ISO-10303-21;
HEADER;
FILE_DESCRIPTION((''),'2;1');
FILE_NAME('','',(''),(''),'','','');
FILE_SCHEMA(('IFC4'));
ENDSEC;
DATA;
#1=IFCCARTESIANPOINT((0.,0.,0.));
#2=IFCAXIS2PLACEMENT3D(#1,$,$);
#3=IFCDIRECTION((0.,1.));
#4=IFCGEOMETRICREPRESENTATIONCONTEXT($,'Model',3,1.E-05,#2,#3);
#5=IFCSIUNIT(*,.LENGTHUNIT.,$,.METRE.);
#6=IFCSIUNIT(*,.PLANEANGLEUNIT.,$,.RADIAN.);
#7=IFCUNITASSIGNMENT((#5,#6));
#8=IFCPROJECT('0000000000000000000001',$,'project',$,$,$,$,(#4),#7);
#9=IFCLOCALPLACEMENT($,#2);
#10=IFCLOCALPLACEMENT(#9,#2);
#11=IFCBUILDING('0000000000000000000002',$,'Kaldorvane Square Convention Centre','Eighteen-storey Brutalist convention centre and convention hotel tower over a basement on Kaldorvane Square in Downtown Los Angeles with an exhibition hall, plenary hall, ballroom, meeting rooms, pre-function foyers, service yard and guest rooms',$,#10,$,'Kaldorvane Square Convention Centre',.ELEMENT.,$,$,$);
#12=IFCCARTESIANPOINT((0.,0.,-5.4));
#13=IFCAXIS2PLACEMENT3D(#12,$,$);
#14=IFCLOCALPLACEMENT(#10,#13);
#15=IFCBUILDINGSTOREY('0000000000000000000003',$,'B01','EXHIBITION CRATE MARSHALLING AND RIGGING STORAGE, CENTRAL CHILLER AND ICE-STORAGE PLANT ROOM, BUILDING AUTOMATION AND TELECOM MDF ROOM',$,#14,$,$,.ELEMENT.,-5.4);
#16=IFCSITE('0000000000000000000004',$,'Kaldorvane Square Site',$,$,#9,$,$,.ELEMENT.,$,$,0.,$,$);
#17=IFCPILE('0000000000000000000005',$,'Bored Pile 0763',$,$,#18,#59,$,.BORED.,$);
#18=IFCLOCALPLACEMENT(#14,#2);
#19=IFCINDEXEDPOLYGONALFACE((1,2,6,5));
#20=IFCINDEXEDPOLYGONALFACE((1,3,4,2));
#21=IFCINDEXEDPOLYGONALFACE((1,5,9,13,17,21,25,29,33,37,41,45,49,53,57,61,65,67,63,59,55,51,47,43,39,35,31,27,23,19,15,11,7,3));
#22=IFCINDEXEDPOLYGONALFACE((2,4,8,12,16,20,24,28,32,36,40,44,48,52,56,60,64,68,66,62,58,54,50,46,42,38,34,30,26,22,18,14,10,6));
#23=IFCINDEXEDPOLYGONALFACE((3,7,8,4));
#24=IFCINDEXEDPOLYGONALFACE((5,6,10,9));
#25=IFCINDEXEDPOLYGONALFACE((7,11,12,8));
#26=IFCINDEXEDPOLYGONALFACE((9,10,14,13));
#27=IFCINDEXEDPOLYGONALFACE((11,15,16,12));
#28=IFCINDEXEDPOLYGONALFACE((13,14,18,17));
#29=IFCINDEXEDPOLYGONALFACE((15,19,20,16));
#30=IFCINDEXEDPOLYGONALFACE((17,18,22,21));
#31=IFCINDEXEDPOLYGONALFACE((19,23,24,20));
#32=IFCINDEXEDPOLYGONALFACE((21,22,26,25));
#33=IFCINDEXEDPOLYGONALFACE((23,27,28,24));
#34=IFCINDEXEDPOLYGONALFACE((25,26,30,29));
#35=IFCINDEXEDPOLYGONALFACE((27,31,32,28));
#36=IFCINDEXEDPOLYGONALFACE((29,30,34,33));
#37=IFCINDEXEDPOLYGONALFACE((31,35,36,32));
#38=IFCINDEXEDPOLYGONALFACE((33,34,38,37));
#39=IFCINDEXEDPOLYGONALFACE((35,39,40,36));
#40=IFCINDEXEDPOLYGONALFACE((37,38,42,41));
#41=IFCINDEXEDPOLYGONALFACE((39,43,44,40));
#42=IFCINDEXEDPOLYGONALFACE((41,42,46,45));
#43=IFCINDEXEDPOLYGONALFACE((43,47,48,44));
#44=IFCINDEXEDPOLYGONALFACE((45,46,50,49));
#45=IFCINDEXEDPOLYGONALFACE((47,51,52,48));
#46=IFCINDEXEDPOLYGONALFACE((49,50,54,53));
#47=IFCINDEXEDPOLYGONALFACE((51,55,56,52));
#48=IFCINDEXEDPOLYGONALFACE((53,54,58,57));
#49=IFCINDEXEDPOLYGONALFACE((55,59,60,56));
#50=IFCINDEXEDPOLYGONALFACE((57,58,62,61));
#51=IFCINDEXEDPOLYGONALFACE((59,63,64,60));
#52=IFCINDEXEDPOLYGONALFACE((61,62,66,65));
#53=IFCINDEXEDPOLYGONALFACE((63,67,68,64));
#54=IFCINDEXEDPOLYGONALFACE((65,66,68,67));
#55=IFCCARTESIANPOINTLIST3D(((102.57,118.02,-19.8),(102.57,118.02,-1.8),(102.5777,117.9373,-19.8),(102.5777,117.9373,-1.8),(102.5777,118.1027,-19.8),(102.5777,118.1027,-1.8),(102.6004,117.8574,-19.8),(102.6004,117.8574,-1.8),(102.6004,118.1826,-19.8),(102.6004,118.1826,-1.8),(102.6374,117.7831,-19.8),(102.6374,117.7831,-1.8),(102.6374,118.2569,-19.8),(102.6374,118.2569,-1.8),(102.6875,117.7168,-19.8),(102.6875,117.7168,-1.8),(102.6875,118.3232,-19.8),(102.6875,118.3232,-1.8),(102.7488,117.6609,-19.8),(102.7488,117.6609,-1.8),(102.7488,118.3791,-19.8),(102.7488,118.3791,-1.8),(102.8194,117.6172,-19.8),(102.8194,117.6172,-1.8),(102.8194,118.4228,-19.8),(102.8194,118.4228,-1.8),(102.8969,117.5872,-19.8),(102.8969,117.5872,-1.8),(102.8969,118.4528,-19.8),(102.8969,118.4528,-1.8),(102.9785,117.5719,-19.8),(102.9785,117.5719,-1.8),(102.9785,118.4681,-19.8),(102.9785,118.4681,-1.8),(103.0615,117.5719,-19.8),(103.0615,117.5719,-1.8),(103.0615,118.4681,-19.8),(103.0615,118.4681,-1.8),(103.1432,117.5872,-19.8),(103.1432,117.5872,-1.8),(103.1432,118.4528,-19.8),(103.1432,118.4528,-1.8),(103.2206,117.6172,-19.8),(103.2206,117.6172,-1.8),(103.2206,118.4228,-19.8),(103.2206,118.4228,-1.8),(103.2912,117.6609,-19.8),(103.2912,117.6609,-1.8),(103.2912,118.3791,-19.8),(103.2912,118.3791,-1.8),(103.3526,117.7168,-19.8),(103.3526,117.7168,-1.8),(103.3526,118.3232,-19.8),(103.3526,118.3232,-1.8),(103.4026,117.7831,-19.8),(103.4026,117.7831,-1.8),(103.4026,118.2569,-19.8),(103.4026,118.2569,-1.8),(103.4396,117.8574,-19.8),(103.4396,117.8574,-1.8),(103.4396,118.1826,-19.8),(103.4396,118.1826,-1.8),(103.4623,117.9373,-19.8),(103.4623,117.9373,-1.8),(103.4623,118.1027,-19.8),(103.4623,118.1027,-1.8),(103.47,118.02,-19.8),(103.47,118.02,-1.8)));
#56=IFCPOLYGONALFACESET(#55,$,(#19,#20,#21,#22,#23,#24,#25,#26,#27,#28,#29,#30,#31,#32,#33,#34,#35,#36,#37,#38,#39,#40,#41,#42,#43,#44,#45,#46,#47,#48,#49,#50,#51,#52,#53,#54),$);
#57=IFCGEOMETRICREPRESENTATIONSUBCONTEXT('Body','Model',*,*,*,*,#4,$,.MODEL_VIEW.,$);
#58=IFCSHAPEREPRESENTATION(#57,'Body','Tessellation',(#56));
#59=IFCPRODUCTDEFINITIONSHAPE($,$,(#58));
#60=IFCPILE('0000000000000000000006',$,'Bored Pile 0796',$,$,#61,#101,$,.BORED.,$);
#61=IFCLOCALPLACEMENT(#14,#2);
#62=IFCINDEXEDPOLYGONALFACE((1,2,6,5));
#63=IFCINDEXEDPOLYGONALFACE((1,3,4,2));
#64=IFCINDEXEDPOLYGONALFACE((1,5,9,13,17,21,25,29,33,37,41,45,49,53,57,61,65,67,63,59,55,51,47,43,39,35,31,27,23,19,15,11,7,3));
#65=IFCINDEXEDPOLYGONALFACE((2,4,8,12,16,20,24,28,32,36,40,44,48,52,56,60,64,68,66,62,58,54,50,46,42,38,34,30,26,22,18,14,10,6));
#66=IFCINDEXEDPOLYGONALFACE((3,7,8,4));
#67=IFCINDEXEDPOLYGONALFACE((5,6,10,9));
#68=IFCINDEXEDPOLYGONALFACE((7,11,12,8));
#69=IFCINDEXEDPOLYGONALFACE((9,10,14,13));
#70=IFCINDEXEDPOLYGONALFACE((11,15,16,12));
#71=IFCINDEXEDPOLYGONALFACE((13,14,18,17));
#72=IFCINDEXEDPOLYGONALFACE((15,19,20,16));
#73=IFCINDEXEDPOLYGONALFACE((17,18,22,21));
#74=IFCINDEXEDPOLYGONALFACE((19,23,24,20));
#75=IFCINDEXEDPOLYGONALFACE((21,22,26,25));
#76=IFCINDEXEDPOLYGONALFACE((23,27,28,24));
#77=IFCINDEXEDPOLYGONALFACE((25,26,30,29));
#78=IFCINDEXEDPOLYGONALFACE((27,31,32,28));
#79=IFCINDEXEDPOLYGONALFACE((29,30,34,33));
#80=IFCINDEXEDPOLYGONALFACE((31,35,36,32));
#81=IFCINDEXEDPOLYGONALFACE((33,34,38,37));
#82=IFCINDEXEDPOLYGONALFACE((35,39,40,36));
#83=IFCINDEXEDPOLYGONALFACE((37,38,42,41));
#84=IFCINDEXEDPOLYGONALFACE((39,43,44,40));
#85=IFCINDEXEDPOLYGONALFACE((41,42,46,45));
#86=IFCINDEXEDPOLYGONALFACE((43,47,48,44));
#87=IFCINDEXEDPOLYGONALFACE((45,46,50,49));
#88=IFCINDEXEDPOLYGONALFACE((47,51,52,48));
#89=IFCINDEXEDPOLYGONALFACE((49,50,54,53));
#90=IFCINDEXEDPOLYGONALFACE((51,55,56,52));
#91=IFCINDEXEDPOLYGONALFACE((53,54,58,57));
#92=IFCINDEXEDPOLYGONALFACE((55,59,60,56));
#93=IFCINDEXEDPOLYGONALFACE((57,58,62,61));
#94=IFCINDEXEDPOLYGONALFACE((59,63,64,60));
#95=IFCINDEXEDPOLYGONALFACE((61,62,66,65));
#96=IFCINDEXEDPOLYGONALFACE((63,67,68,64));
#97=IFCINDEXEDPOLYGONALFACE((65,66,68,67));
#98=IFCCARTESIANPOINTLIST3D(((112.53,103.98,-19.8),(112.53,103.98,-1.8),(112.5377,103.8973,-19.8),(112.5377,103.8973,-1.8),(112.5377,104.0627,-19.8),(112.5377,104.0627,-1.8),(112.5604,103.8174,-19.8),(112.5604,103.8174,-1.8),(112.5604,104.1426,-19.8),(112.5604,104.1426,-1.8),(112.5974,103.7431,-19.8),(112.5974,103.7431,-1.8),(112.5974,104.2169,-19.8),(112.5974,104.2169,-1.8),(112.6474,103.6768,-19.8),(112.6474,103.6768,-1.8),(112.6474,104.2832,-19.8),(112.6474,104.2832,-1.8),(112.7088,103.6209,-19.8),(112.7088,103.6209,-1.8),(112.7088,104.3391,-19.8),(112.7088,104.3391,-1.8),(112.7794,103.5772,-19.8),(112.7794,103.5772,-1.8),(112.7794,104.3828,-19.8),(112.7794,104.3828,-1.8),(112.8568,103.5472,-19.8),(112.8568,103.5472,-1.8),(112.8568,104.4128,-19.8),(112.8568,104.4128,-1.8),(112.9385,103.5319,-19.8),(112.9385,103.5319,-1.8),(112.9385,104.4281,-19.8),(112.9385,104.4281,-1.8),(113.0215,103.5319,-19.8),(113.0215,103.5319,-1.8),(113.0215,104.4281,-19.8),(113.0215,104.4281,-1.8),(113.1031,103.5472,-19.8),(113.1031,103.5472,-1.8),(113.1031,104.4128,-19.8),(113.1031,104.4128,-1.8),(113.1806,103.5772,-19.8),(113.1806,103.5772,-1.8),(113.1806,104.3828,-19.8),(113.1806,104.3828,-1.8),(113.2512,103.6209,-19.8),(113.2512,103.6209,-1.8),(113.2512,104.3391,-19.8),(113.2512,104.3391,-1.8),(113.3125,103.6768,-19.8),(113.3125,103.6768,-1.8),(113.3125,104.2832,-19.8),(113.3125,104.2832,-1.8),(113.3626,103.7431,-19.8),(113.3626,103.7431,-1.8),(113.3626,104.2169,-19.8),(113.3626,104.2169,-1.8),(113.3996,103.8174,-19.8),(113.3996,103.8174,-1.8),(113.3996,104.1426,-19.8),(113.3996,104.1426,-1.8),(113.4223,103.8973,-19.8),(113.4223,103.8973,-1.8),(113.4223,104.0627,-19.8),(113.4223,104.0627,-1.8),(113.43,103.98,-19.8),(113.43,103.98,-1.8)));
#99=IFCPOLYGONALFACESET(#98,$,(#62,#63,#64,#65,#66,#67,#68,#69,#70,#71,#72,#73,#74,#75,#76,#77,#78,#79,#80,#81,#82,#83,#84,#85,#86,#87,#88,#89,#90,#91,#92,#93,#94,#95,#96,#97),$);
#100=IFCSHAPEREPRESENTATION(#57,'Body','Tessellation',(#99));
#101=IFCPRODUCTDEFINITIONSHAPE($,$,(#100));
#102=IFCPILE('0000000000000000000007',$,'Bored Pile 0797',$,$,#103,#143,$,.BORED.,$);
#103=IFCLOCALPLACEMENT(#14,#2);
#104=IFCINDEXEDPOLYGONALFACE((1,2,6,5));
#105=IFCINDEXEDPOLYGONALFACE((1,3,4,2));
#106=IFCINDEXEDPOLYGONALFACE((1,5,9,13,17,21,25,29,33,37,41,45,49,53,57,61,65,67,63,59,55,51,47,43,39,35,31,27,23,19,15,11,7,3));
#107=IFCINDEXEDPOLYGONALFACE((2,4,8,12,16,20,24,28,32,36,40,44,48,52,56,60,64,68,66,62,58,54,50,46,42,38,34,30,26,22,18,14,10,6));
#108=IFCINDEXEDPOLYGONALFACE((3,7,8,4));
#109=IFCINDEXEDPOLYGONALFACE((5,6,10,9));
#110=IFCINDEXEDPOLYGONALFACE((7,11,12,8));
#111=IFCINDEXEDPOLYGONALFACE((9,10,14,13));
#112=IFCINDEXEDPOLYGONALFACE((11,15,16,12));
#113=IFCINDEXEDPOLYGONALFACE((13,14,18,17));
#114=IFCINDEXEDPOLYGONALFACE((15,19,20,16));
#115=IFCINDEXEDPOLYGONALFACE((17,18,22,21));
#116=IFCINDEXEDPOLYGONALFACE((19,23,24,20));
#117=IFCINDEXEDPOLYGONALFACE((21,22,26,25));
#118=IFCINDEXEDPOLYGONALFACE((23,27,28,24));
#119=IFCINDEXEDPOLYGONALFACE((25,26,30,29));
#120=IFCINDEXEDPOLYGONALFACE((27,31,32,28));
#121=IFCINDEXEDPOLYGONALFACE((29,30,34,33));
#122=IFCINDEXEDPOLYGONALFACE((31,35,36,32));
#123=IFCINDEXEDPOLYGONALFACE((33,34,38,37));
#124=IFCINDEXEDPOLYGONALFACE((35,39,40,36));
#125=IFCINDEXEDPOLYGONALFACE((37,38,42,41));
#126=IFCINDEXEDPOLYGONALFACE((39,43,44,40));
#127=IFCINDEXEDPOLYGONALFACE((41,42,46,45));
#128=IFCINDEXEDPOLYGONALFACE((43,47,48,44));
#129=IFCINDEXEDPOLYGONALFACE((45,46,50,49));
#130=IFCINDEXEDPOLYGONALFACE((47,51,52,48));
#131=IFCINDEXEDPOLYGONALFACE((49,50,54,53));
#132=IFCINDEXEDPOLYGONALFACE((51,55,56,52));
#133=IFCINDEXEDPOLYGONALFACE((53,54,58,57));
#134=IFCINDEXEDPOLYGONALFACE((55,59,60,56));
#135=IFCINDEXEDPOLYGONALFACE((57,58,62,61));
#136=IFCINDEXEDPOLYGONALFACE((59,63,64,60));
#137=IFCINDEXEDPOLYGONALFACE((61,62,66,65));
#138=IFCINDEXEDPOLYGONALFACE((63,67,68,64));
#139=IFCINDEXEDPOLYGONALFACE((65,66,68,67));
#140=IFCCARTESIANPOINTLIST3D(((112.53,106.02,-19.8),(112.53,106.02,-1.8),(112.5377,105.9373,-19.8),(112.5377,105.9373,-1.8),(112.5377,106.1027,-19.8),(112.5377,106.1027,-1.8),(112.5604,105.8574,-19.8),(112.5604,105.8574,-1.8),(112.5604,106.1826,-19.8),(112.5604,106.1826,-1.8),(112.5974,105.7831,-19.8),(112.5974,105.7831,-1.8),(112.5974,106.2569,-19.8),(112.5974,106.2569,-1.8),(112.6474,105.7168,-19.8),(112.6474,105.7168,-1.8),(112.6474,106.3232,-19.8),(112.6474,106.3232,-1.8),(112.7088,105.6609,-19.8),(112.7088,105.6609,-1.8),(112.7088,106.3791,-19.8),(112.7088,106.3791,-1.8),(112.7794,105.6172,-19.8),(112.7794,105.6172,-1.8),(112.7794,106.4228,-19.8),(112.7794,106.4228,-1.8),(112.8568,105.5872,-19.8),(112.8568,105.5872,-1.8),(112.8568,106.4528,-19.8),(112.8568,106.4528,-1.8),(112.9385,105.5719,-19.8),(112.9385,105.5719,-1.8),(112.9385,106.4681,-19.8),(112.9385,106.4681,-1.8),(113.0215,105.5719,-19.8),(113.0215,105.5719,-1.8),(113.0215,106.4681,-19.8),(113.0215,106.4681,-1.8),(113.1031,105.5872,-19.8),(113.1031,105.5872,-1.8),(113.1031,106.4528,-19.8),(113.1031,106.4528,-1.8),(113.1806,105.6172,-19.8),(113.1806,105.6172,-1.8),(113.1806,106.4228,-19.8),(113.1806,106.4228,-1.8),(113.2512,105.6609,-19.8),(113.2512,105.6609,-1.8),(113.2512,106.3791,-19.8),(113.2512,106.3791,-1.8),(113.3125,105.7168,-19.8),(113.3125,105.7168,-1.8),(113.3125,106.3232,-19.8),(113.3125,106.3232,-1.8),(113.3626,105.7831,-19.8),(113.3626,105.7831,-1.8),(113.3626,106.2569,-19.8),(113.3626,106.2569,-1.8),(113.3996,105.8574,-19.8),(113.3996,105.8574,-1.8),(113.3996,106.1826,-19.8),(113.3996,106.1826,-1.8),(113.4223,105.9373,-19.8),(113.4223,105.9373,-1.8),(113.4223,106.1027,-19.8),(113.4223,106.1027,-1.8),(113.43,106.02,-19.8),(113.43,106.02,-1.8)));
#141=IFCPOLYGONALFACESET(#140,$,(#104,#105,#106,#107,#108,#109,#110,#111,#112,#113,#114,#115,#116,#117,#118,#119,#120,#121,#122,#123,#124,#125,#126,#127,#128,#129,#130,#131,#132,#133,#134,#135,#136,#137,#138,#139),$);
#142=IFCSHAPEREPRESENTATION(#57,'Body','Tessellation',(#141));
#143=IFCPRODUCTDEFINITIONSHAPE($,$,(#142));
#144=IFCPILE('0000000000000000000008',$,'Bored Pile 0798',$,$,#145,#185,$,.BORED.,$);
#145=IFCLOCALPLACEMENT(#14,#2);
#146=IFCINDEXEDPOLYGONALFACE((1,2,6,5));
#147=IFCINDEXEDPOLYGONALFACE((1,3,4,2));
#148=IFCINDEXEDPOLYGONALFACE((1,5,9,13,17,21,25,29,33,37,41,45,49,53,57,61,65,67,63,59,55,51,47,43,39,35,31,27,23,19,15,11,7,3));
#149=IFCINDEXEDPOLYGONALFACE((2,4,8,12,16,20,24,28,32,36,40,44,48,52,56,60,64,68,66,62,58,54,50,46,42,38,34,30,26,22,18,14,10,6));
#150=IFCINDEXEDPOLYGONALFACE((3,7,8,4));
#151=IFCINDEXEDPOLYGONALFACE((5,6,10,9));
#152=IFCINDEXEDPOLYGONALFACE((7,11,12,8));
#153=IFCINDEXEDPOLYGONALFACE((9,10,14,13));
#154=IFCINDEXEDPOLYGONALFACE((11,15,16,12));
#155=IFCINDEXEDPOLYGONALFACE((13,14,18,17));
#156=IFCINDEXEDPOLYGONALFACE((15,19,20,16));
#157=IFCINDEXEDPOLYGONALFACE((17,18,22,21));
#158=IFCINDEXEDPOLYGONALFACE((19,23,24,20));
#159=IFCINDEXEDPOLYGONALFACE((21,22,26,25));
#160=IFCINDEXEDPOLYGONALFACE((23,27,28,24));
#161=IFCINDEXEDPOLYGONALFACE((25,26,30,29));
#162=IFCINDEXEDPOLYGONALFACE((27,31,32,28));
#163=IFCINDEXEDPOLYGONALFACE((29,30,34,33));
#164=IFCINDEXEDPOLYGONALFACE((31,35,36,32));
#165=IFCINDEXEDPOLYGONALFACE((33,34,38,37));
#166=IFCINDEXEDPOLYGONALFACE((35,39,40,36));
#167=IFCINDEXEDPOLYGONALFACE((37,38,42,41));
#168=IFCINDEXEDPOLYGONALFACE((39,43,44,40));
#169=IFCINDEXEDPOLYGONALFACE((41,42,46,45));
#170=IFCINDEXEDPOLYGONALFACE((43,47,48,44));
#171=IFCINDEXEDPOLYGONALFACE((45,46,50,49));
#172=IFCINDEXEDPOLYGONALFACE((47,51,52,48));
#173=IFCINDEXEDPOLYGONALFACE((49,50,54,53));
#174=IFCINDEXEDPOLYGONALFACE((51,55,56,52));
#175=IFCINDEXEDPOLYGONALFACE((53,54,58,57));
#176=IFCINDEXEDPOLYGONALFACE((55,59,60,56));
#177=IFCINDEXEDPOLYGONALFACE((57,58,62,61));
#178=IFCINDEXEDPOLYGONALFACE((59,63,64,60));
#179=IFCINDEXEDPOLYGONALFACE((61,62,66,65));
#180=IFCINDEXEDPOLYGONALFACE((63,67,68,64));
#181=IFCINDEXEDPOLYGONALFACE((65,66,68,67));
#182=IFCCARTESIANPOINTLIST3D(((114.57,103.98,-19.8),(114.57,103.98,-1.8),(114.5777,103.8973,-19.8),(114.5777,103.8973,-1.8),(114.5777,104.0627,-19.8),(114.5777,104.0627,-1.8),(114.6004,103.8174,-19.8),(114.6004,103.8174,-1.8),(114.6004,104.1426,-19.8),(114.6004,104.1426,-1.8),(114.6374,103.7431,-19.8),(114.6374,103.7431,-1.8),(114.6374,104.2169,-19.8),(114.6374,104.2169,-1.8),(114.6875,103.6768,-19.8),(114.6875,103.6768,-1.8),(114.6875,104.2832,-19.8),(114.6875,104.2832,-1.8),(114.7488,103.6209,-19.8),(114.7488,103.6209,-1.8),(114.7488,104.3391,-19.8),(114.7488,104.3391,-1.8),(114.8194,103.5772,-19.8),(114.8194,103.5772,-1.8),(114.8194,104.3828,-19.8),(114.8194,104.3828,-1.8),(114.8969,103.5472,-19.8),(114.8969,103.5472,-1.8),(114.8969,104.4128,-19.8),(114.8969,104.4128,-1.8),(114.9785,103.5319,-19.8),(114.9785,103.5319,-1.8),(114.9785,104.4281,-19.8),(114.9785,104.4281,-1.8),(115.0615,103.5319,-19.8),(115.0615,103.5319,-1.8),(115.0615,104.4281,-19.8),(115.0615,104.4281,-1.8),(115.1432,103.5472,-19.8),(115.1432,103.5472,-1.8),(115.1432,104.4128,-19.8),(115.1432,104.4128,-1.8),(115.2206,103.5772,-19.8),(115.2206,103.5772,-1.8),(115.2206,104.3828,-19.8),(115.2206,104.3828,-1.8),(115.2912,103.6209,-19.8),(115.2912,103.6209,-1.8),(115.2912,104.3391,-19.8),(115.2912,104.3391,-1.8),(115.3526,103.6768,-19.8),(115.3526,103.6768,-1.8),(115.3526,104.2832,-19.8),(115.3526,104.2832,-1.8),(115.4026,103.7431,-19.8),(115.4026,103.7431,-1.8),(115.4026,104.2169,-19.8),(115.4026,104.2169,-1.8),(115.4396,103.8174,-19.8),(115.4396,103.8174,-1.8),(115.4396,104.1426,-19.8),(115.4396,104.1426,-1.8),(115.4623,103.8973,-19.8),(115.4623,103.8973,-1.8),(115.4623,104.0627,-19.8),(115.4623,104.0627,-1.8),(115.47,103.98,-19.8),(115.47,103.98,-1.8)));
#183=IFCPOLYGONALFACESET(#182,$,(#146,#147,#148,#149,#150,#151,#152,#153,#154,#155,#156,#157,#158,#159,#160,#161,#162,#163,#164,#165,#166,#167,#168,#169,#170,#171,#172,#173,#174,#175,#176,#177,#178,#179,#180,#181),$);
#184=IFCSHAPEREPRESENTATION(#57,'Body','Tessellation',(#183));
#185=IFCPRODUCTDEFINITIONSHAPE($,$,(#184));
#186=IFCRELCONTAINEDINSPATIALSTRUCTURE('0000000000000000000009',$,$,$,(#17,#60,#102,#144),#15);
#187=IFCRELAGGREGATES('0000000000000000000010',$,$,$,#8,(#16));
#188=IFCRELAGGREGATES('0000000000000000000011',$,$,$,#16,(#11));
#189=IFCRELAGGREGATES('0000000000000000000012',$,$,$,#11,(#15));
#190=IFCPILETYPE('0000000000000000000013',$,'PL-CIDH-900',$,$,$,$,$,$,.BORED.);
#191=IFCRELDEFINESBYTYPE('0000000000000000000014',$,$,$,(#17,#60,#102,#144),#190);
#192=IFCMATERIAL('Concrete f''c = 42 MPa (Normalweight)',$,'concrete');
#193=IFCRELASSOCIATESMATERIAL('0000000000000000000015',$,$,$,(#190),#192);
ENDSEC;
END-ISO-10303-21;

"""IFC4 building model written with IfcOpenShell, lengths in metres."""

from ifc_helpers import new_model, si_unit, direction, frame, origin, origin_2d, place, context, subcontext, project, spatial, circle, extrude, material, material_profile, profile_set, type_object, element, save


model = new_model("IFC4")

# Units and contexts
model_context = context("Model", 3, precision=1e-05, world=origin(), true_north=direction((0.0, 1.0)))
body_context = subcontext(model_context, "Body", "Model", "MODEL_VIEW")
ifc_project = project(units=[si_unit("LENGTHUNIT", "METRE"), si_unit("PLANEANGLEUNIT", "RADIAN")], contexts=[model_context])

# Site, building, storey
site_placement = place(None, origin())
site = spatial("IfcSite", under=ifc_project, at=site_placement, Name="Kaldorvane Square Site", CompositionType="ELEMENT", RefElevation=0.0)
building_placement = place(site_placement, origin())
building = spatial("IfcBuilding", under=site, at=building_placement, Name="Kaldorvane Square Convention Centre", Description="Eighteen-storey Brutalist convention centre and convention hotel tower over a basement on Kaldorvane Square in Downtown Los Angeles with an exhibition hall, plenary hall, ballroom, meeting rooms, pre-function foyers, service yard and guest rooms", LongName="Kaldorvane Square Convention Centre", CompositionType="ELEMENT")
storey_placement = place(building_placement, frame((0.0, 0.0, -5.4)))
storey = spatial("IfcBuildingStorey", under=building, at=storey_placement, Name="B01", Description="EXHIBITION CRATE MARSHALLING AND RIGGING STORAGE, CENTRAL CHILLER AND ICE-STORAGE PLANT ROOM, BUILDING AUTOMATION AND TELECOM MDF ROOM", CompositionType="ELEMENT", Elevation=-5.4)

# Shared definitions
ifc_material_1 = material(Name="Concrete f'c = 42 MPa (Normalweight)", Category="concrete")

# Piles
ifc_material_profile_1 = material_profile(ifc_material_1, circle(Radius=0.45, at=origin_2d()), Name="PILE-D900")
ifc_profile_set_1 = profile_set([ifc_material_profile_1], Name="Concrete f'c = 42 MPa (Normalweight)")
pile_type = type_object("IfcPileType", Name="PL-CIDH-900", PredefinedType="BORED", material=ifc_profile_set_1)
for number, where, z_axis, x_axis, name in (
    (1, (103.02, 118.02, -1.8), (0.0, 0.0, -1.0), (1.0, 0.0, 0.0), "Bored Pile 0763"),
    (2, (112.98, 103.98, -1.8), (0.0, 0.0, -1.0), (1.0, 0.0, 0.0), "Bored Pile 0796"),
    (3, (112.98, 106.02, -1.8), (0.0, 0.0, -1.0), (1.0, 0.0, 0.0), "Bored Pile 0797"),
    (4, (115.02, 103.98, -1.8), (0.0, 0.0, -1.0), (1.0, 0.0, 0.0), "Bored Pile 0798"),
):
    element("IfcPile", number, at=place(storey_placement, frame(where, z_axis=z_axis, x_axis=x_axis)), inside=storey, type_object=pile_type, Name=name, PredefinedType="BORED", context=body_context, shape_type="SweptSolid", body=[
        extrude(circle(Radius=0.45, at=origin_2d()), origin(), (0.0, 0.0, 1.0), 18.0),
    ])

save(model, "model.ifc")
